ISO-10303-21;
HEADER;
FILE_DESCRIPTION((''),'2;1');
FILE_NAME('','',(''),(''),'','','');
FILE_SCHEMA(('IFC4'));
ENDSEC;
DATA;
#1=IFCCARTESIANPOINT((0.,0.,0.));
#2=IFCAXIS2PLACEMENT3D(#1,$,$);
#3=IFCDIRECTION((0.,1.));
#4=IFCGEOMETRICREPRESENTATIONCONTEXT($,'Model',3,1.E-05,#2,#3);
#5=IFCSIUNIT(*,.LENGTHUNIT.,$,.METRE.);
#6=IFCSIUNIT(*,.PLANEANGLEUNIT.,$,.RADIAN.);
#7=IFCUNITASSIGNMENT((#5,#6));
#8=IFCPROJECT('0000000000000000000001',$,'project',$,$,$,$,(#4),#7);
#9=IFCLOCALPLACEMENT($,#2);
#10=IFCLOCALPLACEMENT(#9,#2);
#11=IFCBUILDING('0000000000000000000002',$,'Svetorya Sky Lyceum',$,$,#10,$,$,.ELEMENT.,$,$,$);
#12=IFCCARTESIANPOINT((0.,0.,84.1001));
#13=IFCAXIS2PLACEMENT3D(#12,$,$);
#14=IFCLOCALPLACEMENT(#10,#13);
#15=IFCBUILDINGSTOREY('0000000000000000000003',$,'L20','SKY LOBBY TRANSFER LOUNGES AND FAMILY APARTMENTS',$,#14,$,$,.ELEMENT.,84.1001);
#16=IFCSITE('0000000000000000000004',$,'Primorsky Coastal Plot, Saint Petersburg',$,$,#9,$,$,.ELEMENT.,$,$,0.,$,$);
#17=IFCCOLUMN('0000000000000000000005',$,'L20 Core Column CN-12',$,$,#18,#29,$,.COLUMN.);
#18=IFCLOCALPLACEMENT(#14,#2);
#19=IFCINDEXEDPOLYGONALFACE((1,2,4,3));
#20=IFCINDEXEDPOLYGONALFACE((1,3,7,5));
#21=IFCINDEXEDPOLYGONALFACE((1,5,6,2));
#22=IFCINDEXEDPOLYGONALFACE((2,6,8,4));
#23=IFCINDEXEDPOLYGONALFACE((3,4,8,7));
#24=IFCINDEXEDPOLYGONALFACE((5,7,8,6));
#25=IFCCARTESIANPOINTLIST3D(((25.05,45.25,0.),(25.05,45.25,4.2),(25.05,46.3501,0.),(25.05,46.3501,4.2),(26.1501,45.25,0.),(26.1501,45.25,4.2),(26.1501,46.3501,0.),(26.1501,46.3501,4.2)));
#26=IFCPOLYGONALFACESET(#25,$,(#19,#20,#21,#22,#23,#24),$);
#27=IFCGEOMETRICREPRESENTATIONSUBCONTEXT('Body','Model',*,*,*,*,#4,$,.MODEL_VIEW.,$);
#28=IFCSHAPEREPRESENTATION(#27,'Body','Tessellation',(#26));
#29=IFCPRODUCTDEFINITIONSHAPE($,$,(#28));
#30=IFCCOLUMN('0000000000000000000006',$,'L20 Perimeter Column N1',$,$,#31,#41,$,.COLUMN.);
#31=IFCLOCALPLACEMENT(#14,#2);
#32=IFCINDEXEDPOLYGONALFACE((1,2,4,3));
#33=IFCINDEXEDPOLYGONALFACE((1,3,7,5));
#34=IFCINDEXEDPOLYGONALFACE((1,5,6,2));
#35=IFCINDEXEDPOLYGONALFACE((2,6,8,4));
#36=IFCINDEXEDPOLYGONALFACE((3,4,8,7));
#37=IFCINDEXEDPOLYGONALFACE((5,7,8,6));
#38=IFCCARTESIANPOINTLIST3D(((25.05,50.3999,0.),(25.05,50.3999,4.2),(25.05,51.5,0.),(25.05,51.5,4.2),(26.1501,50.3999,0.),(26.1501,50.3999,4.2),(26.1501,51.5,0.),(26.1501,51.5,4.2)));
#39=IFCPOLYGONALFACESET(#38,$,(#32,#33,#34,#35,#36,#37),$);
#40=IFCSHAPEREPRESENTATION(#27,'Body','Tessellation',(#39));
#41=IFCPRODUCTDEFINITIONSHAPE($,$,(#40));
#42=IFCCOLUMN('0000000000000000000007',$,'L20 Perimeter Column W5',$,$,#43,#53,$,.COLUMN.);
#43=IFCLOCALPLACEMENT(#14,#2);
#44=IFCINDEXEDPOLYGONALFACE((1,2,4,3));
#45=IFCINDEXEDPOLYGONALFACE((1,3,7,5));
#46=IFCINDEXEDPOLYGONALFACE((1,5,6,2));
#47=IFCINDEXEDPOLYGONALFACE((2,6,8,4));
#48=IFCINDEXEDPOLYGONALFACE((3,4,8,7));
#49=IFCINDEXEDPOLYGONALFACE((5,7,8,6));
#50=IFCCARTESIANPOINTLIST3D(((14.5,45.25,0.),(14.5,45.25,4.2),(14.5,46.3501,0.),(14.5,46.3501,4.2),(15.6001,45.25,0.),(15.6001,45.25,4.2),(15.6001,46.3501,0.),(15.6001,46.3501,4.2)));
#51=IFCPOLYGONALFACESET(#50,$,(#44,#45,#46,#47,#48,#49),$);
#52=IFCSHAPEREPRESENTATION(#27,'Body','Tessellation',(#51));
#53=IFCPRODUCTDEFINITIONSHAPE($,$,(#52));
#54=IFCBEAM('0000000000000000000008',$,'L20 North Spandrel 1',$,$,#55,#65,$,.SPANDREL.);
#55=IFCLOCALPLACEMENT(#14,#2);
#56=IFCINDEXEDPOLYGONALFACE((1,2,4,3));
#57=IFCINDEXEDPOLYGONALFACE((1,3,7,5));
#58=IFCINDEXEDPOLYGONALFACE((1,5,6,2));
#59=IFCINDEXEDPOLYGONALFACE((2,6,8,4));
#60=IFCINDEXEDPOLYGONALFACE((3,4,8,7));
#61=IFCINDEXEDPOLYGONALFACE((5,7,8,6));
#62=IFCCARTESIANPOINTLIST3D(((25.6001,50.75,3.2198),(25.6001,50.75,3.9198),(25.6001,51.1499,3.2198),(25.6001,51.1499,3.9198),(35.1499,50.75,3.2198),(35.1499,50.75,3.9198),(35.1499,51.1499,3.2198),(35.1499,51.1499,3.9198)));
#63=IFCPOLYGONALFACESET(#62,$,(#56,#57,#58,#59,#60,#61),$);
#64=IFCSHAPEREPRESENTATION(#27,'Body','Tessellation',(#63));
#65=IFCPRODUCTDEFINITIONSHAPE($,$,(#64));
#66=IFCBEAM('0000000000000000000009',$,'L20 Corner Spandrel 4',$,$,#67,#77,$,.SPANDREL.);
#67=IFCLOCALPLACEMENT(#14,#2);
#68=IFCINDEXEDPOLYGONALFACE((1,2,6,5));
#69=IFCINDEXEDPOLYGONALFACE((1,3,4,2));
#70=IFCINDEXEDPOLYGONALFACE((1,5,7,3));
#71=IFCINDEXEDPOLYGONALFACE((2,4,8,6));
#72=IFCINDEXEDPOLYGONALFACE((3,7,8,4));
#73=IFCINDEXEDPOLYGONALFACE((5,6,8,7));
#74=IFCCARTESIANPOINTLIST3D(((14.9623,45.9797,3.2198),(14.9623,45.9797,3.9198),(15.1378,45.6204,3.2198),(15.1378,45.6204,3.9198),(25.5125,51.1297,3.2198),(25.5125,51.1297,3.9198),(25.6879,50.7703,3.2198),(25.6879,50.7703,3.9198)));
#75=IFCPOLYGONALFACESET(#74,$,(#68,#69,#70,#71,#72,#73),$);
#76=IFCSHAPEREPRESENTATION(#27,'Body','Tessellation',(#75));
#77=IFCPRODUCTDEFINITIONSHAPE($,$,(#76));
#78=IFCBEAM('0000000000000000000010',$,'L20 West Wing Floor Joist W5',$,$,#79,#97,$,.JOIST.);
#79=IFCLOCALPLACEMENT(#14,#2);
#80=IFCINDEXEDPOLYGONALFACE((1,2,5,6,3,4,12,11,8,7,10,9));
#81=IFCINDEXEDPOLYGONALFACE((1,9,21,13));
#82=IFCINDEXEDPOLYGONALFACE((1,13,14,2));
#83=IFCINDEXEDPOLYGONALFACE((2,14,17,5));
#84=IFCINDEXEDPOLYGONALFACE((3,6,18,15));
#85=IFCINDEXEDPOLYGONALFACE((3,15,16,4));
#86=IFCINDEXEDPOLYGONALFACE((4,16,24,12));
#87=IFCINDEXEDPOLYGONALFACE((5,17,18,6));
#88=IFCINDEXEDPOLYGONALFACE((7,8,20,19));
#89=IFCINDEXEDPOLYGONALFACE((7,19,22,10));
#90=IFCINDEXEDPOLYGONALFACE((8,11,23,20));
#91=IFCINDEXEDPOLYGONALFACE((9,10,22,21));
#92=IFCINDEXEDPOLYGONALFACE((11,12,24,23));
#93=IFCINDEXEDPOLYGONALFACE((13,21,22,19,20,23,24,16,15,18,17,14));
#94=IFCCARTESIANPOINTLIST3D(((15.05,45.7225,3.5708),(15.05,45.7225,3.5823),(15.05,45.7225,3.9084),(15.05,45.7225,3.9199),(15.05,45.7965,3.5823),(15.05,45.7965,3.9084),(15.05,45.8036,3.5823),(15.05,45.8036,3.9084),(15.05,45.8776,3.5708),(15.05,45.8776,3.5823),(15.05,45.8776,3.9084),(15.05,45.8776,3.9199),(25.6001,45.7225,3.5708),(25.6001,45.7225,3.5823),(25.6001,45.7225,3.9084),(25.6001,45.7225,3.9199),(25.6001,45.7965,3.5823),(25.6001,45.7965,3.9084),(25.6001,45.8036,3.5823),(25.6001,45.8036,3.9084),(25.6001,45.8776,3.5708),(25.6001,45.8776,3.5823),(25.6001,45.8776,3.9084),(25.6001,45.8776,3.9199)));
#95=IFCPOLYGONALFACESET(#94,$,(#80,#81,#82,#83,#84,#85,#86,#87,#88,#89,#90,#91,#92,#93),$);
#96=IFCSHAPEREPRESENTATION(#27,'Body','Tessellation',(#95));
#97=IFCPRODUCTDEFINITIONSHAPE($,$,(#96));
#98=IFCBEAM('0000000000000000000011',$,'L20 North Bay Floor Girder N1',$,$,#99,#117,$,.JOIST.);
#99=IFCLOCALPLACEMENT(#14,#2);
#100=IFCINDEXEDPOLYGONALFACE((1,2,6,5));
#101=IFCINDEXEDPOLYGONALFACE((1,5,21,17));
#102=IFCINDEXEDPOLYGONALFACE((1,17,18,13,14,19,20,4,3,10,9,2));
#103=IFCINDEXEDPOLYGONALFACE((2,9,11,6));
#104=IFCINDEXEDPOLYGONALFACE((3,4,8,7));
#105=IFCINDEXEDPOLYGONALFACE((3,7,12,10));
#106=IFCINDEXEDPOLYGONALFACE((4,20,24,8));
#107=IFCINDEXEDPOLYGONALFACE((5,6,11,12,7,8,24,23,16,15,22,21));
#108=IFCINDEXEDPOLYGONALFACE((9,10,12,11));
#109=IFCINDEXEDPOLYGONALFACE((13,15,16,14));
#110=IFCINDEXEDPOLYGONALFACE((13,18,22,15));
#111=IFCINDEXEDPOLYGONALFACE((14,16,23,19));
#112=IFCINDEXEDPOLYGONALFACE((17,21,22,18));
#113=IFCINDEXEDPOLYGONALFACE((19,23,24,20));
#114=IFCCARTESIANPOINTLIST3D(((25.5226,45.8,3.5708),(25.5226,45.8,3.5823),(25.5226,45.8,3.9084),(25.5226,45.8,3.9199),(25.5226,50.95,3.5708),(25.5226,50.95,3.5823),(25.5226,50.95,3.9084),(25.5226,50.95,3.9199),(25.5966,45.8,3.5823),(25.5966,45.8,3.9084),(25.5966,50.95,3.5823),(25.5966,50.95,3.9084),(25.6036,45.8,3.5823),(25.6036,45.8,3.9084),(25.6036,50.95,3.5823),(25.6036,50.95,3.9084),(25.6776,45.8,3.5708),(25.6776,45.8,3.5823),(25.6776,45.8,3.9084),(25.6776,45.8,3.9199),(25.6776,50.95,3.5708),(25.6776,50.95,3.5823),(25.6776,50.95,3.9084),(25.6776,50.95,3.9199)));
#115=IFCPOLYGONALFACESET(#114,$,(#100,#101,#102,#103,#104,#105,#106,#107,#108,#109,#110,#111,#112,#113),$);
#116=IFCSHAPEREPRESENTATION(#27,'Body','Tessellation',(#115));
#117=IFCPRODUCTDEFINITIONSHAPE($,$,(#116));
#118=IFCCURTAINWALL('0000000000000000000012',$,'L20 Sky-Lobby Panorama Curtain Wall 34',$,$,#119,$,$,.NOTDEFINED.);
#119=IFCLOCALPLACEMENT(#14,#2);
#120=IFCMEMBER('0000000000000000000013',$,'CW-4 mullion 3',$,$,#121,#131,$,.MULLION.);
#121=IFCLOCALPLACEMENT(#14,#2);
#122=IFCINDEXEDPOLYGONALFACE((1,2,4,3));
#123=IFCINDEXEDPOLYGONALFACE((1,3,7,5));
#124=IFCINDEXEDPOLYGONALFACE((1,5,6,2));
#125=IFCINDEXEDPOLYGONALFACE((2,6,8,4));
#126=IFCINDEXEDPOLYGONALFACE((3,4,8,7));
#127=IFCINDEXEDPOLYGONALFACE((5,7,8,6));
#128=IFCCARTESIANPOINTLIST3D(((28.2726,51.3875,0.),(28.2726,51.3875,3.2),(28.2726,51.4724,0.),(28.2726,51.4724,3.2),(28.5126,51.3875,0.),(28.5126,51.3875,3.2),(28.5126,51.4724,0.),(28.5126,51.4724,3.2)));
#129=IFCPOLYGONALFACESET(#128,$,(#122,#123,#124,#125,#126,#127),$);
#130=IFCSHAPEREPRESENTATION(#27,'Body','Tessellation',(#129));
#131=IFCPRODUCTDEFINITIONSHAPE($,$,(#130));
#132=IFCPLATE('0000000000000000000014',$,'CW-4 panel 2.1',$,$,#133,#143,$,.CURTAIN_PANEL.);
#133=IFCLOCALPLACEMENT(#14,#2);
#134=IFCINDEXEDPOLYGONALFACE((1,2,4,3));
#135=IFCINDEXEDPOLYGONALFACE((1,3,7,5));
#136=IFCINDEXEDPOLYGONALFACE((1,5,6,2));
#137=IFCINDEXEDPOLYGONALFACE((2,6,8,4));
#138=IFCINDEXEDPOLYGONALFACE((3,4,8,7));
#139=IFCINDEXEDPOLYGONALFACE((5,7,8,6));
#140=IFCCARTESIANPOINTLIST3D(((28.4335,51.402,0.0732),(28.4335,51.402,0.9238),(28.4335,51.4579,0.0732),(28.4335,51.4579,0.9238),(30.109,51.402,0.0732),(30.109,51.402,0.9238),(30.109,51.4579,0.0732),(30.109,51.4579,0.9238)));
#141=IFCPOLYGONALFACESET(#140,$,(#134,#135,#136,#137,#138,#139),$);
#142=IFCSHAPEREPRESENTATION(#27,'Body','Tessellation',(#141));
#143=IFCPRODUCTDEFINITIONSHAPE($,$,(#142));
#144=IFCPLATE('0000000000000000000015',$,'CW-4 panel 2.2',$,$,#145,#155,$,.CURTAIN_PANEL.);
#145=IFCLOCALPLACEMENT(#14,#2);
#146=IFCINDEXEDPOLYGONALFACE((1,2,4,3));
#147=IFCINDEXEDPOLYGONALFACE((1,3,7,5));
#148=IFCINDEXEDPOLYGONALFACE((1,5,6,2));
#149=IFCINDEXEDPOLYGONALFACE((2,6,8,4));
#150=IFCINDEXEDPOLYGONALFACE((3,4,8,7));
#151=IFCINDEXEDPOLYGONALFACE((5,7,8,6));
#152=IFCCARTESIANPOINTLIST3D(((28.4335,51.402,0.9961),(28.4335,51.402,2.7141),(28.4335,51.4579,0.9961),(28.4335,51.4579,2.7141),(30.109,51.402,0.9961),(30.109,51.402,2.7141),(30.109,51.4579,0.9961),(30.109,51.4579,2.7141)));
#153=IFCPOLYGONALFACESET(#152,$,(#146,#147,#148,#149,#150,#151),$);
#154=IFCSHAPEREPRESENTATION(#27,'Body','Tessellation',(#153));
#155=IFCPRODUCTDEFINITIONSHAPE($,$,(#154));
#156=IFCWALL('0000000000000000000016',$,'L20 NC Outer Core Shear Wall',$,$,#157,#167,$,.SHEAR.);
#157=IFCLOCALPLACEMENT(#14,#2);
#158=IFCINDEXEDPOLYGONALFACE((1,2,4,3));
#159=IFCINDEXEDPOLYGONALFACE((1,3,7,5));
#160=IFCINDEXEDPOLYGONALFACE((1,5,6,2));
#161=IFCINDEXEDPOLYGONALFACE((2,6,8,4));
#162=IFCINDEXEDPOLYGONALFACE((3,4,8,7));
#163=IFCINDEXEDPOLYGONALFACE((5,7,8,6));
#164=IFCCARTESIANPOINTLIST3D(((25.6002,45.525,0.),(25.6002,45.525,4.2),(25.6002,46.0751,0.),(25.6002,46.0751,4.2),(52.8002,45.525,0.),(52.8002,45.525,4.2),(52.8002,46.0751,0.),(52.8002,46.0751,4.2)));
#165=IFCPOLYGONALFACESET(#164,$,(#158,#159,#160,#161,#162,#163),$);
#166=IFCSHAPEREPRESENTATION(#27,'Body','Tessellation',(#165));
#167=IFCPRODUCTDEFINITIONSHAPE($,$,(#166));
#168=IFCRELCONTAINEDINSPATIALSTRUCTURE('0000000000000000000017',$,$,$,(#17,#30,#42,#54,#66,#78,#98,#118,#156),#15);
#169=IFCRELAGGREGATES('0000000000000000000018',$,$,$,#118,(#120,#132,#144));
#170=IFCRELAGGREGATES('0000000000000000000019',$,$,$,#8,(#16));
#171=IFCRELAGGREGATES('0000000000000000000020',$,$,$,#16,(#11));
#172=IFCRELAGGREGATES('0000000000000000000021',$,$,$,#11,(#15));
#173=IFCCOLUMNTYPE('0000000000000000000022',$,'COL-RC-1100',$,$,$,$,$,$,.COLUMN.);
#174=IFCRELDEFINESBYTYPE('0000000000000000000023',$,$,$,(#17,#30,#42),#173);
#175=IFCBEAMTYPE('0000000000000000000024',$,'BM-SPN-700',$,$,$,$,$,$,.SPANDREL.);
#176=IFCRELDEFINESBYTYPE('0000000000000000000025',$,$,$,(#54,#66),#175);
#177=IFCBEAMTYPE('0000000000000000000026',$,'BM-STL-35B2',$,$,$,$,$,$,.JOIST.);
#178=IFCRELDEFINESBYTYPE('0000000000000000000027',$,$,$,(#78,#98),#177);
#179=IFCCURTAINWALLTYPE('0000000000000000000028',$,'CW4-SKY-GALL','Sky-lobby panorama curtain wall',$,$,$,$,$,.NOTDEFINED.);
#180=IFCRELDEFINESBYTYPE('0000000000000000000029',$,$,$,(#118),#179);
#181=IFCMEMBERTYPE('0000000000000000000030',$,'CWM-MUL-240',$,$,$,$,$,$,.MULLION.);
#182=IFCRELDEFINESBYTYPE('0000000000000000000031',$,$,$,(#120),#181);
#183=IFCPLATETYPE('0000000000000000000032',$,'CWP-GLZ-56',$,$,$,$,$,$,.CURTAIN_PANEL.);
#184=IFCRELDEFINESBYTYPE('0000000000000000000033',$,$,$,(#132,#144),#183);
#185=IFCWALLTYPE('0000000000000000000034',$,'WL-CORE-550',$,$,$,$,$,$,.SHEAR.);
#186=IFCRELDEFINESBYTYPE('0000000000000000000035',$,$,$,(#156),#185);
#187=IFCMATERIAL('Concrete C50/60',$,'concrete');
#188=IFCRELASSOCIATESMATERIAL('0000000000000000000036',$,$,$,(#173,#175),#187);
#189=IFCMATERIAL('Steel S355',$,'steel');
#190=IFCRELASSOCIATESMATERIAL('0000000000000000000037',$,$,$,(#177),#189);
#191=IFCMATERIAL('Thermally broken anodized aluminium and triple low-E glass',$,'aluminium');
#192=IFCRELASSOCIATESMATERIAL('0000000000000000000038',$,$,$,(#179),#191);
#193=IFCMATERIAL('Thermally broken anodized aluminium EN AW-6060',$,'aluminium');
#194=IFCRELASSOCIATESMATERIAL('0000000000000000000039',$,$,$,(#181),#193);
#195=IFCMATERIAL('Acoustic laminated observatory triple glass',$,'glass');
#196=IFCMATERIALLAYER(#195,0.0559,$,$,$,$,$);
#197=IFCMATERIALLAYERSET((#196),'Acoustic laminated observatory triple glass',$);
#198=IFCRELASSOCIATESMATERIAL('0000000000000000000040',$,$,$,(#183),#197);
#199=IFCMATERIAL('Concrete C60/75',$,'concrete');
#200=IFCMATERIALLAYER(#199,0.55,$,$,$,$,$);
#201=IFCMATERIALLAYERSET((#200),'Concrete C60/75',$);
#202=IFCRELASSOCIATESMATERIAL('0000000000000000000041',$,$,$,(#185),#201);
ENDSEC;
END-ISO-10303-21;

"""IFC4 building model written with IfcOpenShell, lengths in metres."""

from ifc_helpers import new_model, si_unit, direction, frame, frame_2d, origin, origin_2d, place, context, subcontext, project, spatial, rectangle, i_section, extrude, material, layer, layer_set, material_profile, profile_set, type_object, element, aggregate, save


model = new_model("IFC4")

# Units and contexts
model_context = context("Model", 3, precision=1e-05, world=origin(), true_north=direction((0.0, 1.0)))
body_context = subcontext(model_context, "Body", "Model", "MODEL_VIEW")
ifc_project = project(units=[si_unit("LENGTHUNIT", "METRE"), si_unit("PLANEANGLEUNIT", "RADIAN")], contexts=[model_context])

# Site, building, storey
site_placement = place(None, origin())
site = spatial("IfcSite", under=ifc_project, at=site_placement, Name="Primorsky Coastal Plot, Saint Petersburg", CompositionType="ELEMENT", RefElevation=0.0)
building_placement = place(site_placement, origin())
building = spatial("IfcBuilding", under=site, at=building_placement, Name="Svetorya Sky Lyceum", CompositionType="ELEMENT")
storey_placement = place(building_placement, frame((0.0, 0.0, 84.1001)))
storey = spatial("IfcBuildingStorey", under=building, at=storey_placement, Name="L20", Description="SKY LOBBY TRANSFER LOUNGES AND FAMILY APARTMENTS", CompositionType="ELEMENT", Elevation=84.1001)

# Columns
ifc_material_1 = material(Name="Concrete C50/60", Category="concrete")
ifc_material_profile_1 = material_profile(ifc_material_1, rectangle(XDim=1.1001, YDim=1.1001, at=origin_2d()), Name="RC COL 1100x1100")
ifc_profile_set_1 = profile_set([ifc_material_profile_1], Name="Concrete C50/60")
column_type = type_object("IfcColumnType", Name="COL-RC-1100", PredefinedType="COLUMN", material=ifc_profile_set_1)
for number, where, z_axis, x_axis, name in (
    (1, (25.6001, 45.8, 0.0), (0.0, 0.0, 1.0), (1.0, 0.0, 0.0), "L20 Core Column CN-12"),
    (2, (25.6001, 50.95, 0.0), (0.0, 0.0, 1.0), (1.0, 0.0, 0.0), "L20 Perimeter Column N1"),
    (3, (15.05, 45.8, 0.0), (0.0, 0.0, 1.0), (1.0, 0.0, 0.0), "L20 Perimeter Column W5"),
):
    element("IfcColumn", number, at=place(storey_placement, frame(where, z_axis=z_axis, x_axis=x_axis)), inside=storey, type_object=column_type, Name=name, PredefinedType="COLUMN", context=body_context, shape_type="SweptSolid", body=[
        extrude(rectangle(XDim=1.1001, YDim=1.1001, at=origin_2d()), origin(), (0.0, 0.0, 1.0), 4.2),
    ])

# Beams
ifc_material_profile_2 = material_profile(ifc_material_1, rectangle(XDim=0.3999, YDim=0.7, at=origin_2d()), Name="RC SPANDREL 400x700")
ifc_profile_set_2 = profile_set([ifc_material_profile_2], Name="Concrete C50/60")
beam_type_1 = type_object("IfcBeamType", Name="BM-SPN-700", PredefinedType="SPANDREL", material=ifc_profile_set_2)
beam_1_placement = place(storey_placement, frame((25.6001, 50.95, 3.5698), z_axis=(1.0, 0.0, 0.0), x_axis=(0.0, 1.0, 0.0)))
element("IfcBeam", 4, at=beam_1_placement, inside=storey, type_object=beam_type_1, Name="L20 North Spandrel 1", PredefinedType="SPANDREL", context=body_context, shape_type="SweptSolid", body=[
    extrude(rectangle(XDim=0.3999, YDim=0.7, at=origin_2d()), origin(), (0.0, 0.0, 1.0), 9.5498),
])
beam_2_placement = place(storey_placement, frame((15.05, 45.8, 3.5698), z_axis=(0.89865, 0.438667, 0.0), x_axis=(-0.438667, 0.89865, 0.0)))
element("IfcBeam", 5, at=beam_2_placement, inside=storey, type_object=beam_type_1, Name="L20 Corner Spandrel 4", PredefinedType="SPANDREL", context=body_context, shape_type="SweptSolid", body=[
    extrude(rectangle(XDim=0.3999, YDim=0.7, at=origin_2d()), origin(), (0.0, 0.0, 1.0), 11.74),
])
ifc_material_2 = material(Name="Steel S355", Category="steel")
ifc_material_profile_3 = material_profile(ifc_material_2, i_section(OverallWidth=0.155, OverallDepth=0.3491, WebThickness=0.0071, FlangeThickness=0.0115, at=origin_2d()), Name="GOST 35B2")
ifc_profile_set_3 = profile_set([ifc_material_profile_3], Name="Steel S355")
beam_type_2 = type_object("IfcBeamType", Name="BM-STL-35B2", PredefinedType="JOIST", material=ifc_profile_set_3)
beam_3_placement = place(storey_placement, frame((15.05, 45.8, 3.7454), z_axis=(1.0, 0.0, 0.0), x_axis=(0.0, 1.0, 0.0)))
element("IfcBeam", 6, at=beam_3_placement, inside=storey, type_object=beam_type_2, Name="L20 West Wing Floor Joist W5", PredefinedType="JOIST", context=body_context, shape_type="SweptSolid", body=[
    extrude(i_section(OverallWidth=0.155, OverallDepth=0.3491, WebThickness=0.0071, FlangeThickness=0.0115, at=origin_2d()), origin(), (0.0, 0.0, 1.0), 10.55),
])
beam_4_placement = place(storey_placement, frame((25.6001, 45.8, 3.7454), z_axis=(0.0, 1.0, 0.0), x_axis=(-1.0, 0.0, 0.0)))
element("IfcBeam", 7, at=beam_4_placement, inside=storey, type_object=beam_type_2, Name="L20 North Bay Floor Girder N1", PredefinedType="JOIST", context=body_context, shape_type="SweptSolid", body=[
    extrude(i_section(OverallWidth=0.155, OverallDepth=0.3491, WebThickness=0.0071, FlangeThickness=0.0115, at=origin_2d()), origin(), (0.0, 0.0, 1.0), 5.1499),
])

# Curtain wall, member, plates
ifc_material_3 = material(Name="Thermally broken anodized aluminium and triple low-E glass", Category="aluminium")
curtain_wall_type = type_object("IfcCurtainWallType", Name="CW4-SKY-GALL", Description="Sky-lobby panorama curtain wall", PredefinedType="NOTDEFINED", material=ifc_material_3)
curtain_wall_placement = place(storey_placement, origin())
curtain_wall = element("IfcCurtainWall", 8, at=curtain_wall_placement, inside=storey, type_object=curtain_wall_type, Name="L20 Sky-Lobby Panorama Curtain Wall 34", PredefinedType="NOTDEFINED")
ifc_material_4 = material(Name="Thermally broken anodized aluminium EN AW-6060", Category="aluminium")
ifc_material_profile_4 = material_profile(ifc_material_4, rectangle(XDim=0.085, YDim=0.24, at=origin_2d()), Name="ALU MULLION 85x240")
ifc_profile_set_4 = profile_set([ifc_material_profile_4], Name="Thermally broken anodized aluminium EN AW-6060")
member_type = type_object("IfcMemberType", Name="CWM-MUL-240", PredefinedType="MULLION", material=ifc_profile_set_4)
member_placement = place(storey_placement, frame((28.3926, 51.4299, 0.0), z_axis=(0.0, 0.0, 1.0), x_axis=(0.0, -1.0, 0.0)))
member = element("IfcMember", 9, at=member_placement, type_object=member_type, Name="CW-4 mullion 3", PredefinedType="MULLION", context=body_context, shape_type="SweptSolid", body=[
    extrude(rectangle(XDim=0.085, YDim=0.24, at=origin_2d()), origin(), (0.0, 0.0, 1.0), 3.2),
])
ifc_material_5 = material(Name="Acoustic laminated observatory triple glass", Category="glass")
ifc_layer_1 = layer(ifc_material_5, 0.0559)
ifc_layer_set_1 = layer_set([ifc_layer_1], Name="Acoustic laminated observatory triple glass")
plate_type = type_object("IfcPlateType", Name="CWP-GLZ-56", PredefinedType="CURTAIN_PANEL", material=ifc_layer_set_1)
plate_1_placement = place(storey_placement, frame((29.2712, 51.4299, 0.0732), z_axis=(0.0, 0.0, 1.0), x_axis=(-1.0, 0.0, 0.0)))
plate_1 = element("IfcPlate", 10, at=plate_1_placement, type_object=plate_type, Name="CW-4 panel 2.1", PredefinedType="CURTAIN_PANEL", context=body_context, shape_type="SweptSolid", body=[
    extrude(rectangle(XDim=1.6755, YDim=0.0559, at=origin_2d()), origin(), (0.0, 0.0, 1.0), 0.8506),
])
plate_2_placement = place(storey_placement, frame((29.2712, 51.4299, 0.9961), z_axis=(0.0, 0.0, 1.0), x_axis=(-1.0, 0.0, 0.0)))
plate_2 = element("IfcPlate", 11, at=plate_2_placement, type_object=plate_type, Name="CW-4 panel 2.2", PredefinedType="CURTAIN_PANEL", context=body_context, shape_type="SweptSolid", body=[
    extrude(rectangle(XDim=1.6755, YDim=0.0559, at=origin_2d()), origin(), (0.0, 0.0, 1.0), 1.718),
])
aggregate(curtain_wall, [member, plate_1, plate_2])

# Wall
ifc_material_6 = material(Name="Concrete C60/75", Category="concrete")
ifc_layer_2 = layer(ifc_material_6, 0.55)
ifc_layer_set_2 = layer_set([ifc_layer_2], Name="Concrete C60/75")
wall_type_1 = type_object("IfcWallType", Name="WL-CORE-550", PredefinedType="SHEAR", material=ifc_layer_set_2)
wall_1_placement = place(storey_placement, frame((25.6001, 45.8, 0.0), z_axis=(0.0, 0.0, 1.0), x_axis=(1.0, 0.0, 0.0)))
element("IfcWall", 12, at=wall_1_placement, inside=storey, type_object=wall_type_1, Name="L20 NC Outer Core Shear Wall", PredefinedType="SHEAR", context=body_context, shape_type="SweptSolid", body=[
    extrude(rectangle(XDim=27.2, YDim=0.55, at=frame_2d((13.6001, 0.0))), origin(), (0.0, 0.0, 1.0), 4.2),
])

save(model, "model.ifc")
